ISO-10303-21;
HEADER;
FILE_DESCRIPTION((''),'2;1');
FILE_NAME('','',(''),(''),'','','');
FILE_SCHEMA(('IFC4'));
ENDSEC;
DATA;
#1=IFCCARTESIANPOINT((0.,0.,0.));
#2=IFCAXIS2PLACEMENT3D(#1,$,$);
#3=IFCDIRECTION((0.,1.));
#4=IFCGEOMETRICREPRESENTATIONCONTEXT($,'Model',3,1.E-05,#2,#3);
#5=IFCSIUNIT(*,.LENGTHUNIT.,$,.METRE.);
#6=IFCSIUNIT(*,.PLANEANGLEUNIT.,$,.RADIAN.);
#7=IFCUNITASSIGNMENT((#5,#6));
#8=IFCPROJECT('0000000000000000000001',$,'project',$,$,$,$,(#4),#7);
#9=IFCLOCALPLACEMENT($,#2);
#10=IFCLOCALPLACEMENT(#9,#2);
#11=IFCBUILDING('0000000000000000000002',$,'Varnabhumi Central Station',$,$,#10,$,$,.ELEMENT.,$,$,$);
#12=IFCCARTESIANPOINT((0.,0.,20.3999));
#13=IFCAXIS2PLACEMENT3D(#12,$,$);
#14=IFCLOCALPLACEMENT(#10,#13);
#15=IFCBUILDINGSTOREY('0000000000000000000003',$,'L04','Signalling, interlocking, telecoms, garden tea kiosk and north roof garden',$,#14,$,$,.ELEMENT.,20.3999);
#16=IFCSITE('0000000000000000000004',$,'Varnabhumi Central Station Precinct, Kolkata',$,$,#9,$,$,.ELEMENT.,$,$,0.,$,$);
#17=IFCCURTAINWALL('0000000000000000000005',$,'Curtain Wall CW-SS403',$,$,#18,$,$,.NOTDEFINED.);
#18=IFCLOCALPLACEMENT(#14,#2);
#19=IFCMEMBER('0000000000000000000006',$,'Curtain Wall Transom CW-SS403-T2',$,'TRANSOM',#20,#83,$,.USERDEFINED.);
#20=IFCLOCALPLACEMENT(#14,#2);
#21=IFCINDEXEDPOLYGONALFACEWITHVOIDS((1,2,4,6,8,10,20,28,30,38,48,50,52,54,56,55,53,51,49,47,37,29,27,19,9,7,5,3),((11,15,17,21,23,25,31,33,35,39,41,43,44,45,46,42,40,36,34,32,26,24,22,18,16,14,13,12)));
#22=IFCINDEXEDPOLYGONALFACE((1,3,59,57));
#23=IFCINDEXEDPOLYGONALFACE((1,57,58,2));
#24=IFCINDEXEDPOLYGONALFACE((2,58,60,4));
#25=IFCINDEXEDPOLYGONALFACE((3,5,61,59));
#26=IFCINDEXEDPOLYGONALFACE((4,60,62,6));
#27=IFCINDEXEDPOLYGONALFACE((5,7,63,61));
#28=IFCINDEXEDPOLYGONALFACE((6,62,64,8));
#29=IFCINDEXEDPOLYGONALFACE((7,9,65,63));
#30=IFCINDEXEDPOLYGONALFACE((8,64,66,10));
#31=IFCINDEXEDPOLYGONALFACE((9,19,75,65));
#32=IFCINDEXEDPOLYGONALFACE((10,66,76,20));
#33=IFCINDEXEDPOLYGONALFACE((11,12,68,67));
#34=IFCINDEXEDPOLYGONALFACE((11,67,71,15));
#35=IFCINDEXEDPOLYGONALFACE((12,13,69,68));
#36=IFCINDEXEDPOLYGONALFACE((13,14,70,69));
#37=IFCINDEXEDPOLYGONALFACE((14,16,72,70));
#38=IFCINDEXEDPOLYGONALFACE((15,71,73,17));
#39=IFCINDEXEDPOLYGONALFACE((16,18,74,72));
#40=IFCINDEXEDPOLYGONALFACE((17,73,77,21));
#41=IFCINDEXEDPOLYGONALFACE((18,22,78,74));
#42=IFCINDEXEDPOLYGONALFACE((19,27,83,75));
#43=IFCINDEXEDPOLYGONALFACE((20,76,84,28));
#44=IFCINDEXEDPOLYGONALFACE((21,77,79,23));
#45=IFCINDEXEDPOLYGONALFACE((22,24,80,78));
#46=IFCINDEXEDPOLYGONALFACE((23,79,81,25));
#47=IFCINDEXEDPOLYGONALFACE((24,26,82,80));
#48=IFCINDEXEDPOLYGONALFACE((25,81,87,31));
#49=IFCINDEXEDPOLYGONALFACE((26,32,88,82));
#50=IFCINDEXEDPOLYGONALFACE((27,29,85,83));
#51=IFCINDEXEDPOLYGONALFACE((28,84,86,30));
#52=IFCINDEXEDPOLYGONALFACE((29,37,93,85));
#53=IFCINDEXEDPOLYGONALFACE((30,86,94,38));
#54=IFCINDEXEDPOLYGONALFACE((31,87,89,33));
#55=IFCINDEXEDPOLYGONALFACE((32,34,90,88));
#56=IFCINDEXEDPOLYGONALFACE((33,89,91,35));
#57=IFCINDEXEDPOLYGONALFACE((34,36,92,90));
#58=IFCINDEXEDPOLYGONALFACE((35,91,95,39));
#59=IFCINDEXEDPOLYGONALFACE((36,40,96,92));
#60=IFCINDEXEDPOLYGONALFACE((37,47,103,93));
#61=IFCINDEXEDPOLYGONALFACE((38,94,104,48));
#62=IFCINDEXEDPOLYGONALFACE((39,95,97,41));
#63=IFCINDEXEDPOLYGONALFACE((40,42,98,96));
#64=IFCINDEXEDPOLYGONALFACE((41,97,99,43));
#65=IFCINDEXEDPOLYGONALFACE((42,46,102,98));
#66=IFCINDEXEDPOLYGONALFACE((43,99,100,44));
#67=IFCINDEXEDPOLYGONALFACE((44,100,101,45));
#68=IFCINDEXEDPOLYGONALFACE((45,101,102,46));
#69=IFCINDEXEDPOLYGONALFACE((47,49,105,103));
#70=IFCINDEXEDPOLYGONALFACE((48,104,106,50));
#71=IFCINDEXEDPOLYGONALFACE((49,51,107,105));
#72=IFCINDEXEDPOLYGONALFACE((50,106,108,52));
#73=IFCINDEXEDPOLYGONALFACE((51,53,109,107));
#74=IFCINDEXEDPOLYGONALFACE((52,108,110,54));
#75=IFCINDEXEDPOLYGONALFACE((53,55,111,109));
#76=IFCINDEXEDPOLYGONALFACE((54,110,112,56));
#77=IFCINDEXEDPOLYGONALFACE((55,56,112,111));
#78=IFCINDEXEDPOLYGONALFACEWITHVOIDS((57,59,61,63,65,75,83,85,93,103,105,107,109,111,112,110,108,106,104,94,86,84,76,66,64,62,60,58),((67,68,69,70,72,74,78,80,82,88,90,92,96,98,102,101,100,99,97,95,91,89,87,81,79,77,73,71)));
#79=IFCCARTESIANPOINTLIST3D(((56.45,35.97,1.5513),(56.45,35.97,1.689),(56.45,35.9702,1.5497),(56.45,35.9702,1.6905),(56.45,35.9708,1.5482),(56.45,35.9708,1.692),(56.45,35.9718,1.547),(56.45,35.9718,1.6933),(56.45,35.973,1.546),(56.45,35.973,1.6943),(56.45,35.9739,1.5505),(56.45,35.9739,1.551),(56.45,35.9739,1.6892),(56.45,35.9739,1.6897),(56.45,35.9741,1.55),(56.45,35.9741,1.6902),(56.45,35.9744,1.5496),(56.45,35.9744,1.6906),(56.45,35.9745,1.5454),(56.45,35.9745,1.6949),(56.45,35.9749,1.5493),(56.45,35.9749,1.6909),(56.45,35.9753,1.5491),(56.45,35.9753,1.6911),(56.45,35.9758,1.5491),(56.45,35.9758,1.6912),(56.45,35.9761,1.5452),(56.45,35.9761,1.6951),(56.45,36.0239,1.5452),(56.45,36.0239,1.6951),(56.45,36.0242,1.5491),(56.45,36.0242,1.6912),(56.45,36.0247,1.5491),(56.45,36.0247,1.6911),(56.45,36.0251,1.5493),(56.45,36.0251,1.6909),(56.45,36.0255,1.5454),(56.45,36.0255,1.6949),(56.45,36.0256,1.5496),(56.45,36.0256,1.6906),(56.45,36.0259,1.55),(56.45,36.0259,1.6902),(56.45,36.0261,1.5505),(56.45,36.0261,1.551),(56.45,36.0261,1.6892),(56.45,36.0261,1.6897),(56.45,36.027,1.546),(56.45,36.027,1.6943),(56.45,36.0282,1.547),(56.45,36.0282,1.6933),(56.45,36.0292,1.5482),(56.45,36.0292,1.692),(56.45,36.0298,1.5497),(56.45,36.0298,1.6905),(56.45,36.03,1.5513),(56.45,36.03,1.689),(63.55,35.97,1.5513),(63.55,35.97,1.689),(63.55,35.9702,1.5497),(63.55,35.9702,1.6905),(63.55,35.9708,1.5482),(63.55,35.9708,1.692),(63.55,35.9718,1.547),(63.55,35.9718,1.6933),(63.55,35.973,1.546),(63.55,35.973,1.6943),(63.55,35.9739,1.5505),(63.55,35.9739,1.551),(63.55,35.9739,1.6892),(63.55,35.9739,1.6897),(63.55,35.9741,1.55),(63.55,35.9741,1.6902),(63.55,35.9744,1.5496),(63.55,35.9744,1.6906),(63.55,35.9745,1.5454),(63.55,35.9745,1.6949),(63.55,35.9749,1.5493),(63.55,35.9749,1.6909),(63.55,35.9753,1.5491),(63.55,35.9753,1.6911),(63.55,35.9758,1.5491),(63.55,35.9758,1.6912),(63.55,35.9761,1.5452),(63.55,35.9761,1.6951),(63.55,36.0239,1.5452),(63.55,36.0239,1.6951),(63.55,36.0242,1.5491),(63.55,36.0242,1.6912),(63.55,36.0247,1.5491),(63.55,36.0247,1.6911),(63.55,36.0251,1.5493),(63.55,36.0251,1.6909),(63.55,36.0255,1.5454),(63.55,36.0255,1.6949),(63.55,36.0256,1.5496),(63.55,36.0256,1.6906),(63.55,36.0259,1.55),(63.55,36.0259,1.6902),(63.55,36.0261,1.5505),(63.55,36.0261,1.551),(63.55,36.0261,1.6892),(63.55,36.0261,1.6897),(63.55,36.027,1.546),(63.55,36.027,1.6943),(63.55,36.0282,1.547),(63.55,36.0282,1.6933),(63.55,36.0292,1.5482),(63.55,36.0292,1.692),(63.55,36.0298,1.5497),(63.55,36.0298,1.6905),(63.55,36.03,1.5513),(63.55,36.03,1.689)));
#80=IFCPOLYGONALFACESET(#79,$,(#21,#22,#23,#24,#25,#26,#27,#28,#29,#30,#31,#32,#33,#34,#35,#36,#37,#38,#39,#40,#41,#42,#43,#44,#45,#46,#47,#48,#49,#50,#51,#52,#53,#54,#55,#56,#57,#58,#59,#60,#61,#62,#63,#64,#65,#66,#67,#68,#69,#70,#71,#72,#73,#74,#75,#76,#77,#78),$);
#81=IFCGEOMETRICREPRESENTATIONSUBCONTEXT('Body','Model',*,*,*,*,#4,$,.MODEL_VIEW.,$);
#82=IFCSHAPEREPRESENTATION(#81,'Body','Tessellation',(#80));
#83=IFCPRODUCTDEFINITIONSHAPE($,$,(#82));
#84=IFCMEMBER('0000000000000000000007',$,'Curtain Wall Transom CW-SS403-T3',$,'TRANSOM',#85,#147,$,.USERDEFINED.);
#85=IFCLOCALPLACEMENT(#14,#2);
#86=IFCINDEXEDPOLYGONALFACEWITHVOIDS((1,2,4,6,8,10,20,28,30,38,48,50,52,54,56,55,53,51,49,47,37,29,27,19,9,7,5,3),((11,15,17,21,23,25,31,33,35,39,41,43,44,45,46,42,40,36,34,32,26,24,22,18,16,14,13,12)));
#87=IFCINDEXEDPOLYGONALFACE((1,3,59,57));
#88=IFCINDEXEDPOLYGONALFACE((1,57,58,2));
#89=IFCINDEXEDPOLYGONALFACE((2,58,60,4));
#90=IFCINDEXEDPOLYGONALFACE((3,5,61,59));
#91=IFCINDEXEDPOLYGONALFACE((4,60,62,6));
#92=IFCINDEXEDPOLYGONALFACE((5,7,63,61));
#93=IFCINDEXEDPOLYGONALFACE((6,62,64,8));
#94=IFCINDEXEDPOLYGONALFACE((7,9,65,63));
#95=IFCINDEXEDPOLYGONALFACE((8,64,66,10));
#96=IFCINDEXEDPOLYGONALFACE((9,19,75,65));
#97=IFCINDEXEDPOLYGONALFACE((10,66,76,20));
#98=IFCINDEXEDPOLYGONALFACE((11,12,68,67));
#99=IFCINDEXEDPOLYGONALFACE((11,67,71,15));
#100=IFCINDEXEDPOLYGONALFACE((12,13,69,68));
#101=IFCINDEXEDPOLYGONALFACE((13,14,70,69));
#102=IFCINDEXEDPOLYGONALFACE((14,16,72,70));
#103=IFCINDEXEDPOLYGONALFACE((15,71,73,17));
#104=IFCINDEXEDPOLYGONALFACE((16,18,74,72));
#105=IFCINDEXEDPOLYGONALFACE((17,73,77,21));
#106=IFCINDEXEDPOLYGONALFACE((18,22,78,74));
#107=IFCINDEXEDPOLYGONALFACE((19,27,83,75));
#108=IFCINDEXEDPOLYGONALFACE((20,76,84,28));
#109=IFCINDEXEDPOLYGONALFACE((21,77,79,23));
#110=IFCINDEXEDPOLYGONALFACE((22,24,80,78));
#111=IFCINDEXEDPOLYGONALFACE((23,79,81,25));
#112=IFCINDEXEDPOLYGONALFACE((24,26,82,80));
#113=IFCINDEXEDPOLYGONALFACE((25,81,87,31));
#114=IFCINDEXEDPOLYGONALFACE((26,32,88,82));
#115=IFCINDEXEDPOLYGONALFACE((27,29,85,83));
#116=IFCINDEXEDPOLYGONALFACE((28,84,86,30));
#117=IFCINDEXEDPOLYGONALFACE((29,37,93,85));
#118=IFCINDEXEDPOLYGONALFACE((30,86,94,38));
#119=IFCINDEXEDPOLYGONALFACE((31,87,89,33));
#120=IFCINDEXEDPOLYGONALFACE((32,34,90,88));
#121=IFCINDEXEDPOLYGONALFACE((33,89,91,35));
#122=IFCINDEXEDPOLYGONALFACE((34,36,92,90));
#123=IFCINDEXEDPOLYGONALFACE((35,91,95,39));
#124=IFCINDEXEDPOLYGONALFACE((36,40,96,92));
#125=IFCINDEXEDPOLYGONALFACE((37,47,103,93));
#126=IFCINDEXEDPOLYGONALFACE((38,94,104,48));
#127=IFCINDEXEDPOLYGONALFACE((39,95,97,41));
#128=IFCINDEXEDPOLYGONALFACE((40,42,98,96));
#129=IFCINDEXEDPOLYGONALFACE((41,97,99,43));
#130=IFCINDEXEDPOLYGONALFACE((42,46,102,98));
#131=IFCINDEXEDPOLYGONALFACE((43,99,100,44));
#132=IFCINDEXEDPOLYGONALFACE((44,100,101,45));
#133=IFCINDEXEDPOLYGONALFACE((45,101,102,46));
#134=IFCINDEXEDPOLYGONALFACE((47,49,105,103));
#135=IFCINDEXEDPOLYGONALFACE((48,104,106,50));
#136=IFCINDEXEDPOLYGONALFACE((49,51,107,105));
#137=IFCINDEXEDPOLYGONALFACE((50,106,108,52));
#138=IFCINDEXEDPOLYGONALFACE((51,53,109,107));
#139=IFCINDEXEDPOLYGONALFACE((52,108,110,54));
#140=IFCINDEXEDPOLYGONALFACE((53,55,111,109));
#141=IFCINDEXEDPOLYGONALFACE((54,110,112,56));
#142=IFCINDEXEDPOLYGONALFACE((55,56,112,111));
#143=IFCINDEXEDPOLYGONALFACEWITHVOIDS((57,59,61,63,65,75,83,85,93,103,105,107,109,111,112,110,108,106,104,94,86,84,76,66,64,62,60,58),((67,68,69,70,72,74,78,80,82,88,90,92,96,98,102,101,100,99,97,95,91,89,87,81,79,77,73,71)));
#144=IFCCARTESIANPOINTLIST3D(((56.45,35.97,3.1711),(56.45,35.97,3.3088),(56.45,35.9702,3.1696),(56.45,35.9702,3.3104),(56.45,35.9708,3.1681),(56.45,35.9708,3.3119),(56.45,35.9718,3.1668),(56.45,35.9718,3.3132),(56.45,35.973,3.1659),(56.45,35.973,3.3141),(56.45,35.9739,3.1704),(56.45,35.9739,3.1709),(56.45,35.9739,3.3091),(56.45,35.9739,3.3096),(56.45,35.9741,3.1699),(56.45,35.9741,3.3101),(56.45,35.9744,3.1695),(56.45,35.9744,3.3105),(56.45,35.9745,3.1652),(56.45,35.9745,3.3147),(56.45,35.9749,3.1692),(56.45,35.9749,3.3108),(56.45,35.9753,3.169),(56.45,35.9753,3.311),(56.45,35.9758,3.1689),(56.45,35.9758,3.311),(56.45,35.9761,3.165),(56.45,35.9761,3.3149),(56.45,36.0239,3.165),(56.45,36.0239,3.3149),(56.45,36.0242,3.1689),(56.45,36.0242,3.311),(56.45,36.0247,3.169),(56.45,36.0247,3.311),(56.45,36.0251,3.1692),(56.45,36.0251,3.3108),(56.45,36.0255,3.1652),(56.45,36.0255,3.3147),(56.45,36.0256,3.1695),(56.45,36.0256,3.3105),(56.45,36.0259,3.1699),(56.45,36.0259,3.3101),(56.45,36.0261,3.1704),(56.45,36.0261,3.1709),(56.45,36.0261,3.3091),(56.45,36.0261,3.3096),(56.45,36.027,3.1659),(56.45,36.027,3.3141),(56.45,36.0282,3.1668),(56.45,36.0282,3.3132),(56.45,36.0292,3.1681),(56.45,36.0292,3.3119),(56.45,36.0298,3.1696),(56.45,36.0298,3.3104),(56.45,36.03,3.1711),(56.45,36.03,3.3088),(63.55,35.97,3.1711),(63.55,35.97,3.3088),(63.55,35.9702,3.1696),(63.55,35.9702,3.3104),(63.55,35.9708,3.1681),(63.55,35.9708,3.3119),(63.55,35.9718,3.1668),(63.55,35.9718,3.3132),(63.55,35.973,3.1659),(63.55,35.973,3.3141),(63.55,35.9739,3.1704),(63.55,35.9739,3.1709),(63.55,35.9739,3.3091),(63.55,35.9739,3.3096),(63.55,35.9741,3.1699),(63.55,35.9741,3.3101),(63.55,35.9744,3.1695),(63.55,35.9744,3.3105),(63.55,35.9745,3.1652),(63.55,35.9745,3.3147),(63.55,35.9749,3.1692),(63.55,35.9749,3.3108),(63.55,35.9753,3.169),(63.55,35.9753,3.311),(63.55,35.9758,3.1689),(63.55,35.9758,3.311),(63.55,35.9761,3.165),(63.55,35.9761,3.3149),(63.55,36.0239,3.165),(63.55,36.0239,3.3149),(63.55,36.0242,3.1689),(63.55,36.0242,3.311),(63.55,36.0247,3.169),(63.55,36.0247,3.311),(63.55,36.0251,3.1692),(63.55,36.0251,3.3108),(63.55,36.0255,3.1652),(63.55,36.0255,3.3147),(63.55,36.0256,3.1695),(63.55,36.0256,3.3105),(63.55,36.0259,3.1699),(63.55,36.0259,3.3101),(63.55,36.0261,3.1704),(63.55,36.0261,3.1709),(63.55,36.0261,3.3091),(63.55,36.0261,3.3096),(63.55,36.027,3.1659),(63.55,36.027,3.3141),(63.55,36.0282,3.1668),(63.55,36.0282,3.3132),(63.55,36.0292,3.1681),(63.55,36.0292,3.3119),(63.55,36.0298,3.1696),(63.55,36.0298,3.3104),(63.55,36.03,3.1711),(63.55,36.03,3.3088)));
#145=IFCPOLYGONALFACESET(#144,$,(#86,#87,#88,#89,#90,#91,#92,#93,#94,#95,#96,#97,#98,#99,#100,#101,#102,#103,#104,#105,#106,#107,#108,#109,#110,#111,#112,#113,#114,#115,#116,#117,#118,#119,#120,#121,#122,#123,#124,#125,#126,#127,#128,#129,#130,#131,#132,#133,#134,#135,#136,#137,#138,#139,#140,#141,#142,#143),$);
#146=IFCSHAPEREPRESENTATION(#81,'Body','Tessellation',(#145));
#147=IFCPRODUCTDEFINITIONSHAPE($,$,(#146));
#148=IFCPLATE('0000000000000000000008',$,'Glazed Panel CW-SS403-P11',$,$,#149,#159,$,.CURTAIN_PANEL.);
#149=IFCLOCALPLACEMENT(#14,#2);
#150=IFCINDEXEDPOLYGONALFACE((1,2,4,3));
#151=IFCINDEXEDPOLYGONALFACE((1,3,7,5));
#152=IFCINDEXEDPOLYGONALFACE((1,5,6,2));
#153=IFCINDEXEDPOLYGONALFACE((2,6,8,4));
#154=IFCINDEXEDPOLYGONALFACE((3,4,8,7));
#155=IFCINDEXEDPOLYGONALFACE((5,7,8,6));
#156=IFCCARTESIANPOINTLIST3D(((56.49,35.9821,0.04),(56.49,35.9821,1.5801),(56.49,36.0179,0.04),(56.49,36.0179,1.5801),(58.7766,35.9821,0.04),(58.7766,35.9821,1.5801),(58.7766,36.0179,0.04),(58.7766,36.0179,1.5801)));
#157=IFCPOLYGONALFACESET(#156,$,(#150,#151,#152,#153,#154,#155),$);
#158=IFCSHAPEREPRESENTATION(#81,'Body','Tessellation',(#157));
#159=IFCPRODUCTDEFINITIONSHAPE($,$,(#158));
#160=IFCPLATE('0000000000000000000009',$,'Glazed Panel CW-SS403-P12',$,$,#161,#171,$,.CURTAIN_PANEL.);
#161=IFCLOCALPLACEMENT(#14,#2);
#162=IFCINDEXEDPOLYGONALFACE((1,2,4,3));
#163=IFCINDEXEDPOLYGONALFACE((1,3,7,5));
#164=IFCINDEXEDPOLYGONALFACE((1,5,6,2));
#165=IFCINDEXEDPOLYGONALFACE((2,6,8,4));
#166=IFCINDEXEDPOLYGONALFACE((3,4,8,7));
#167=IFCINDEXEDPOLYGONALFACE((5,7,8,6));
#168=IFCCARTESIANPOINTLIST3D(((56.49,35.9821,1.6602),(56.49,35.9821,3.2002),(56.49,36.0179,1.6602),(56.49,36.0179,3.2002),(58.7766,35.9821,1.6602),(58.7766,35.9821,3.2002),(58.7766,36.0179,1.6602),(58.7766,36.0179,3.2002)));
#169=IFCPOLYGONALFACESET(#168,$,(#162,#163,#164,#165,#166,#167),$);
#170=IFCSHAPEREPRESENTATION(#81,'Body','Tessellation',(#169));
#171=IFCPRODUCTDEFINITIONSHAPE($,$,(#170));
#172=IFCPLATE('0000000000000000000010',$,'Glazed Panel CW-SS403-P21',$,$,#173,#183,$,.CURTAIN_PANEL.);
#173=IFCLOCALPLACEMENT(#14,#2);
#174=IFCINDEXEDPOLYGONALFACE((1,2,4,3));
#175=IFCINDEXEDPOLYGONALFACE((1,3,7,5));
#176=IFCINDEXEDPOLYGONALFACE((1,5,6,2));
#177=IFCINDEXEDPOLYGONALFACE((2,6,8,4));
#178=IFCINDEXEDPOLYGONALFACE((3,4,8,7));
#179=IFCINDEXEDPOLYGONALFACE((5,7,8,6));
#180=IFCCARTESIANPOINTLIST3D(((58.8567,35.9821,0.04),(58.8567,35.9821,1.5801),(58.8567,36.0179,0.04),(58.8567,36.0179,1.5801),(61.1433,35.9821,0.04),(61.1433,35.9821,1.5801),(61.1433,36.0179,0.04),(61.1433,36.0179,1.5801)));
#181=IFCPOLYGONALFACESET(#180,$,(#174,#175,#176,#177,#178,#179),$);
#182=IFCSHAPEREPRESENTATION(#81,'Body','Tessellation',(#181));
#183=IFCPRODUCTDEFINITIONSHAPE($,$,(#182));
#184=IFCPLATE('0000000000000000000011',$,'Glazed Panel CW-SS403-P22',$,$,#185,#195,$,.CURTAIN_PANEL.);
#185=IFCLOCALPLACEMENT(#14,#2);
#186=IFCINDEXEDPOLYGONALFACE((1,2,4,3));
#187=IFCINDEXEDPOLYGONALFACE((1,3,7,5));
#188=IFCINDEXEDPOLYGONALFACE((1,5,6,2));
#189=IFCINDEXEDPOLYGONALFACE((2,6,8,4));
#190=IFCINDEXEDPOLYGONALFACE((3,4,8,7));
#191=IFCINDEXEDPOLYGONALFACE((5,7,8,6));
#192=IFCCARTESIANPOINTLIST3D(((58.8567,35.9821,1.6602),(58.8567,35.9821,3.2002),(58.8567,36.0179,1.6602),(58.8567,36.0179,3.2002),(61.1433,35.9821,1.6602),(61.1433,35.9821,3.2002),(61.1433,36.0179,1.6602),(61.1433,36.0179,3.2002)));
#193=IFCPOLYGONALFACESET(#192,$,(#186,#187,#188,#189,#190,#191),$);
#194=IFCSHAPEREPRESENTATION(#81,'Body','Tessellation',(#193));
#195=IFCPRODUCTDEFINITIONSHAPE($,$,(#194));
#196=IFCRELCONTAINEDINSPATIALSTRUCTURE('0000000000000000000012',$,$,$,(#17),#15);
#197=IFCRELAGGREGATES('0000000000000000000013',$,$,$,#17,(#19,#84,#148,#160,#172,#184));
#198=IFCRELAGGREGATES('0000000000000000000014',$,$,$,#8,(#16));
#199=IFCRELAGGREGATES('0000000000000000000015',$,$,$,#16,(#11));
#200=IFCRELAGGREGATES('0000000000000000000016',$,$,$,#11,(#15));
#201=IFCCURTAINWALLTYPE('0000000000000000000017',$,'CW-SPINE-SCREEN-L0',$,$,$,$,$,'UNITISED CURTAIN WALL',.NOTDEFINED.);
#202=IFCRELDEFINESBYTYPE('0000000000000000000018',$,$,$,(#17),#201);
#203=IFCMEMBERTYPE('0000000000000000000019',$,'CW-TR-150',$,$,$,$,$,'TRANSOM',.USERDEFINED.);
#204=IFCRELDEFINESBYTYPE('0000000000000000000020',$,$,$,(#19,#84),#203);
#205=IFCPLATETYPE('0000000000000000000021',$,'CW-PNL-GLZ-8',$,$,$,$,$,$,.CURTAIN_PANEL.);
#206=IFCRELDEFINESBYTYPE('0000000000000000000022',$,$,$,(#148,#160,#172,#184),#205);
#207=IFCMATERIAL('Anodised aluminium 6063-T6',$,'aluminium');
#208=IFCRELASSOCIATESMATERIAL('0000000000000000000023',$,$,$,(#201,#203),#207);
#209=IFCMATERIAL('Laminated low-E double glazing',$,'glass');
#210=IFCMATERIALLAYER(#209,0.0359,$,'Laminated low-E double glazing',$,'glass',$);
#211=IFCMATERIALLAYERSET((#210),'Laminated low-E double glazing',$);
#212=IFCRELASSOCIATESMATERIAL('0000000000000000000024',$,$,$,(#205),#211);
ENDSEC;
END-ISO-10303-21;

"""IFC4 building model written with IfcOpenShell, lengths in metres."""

from ifc_helpers import new_model, si_unit, direction, frame, origin, origin_2d, place, context, subcontext, project, spatial, rectangle, hollow_rectangle, extrude, material, layer, layer_set, material_profile, profile_set, type_object, element, aggregate, save


model = new_model("IFC4")

# Units and contexts
model_context = context("Model", 3, precision=1e-05, world=origin(), true_north=direction((0.0, 1.0)))
body_context = subcontext(model_context, "Body", "Model", "MODEL_VIEW")
ifc_project = project(units=[si_unit("LENGTHUNIT", "METRE"), si_unit("PLANEANGLEUNIT", "RADIAN")], contexts=[model_context])

# Site, building, storey
site_placement = place(None, origin())
site = spatial("IfcSite", under=ifc_project, at=site_placement, Name="Varnabhumi Central Station Precinct, Kolkata", CompositionType="ELEMENT", RefElevation=0.0)
building_placement = place(site_placement, origin())
building = spatial("IfcBuilding", under=site, at=building_placement, Name="Varnabhumi Central Station", CompositionType="ELEMENT")
storey_placement = place(building_placement, frame((0.0, 0.0, 20.3999)))
storey = spatial("IfcBuildingStorey", under=building, at=storey_placement, Name="L04", Description="Signalling, interlocking, telecoms, garden tea kiosk and north roof garden", CompositionType="ELEMENT", Elevation=20.3999)

# Curtain wall, members, plates
ifc_material_1 = material(Name="Anodised aluminium 6063-T6", Category="aluminium")
curtain_wall_type = type_object("IfcCurtainWallType", Name="CW-SPINE-SCREEN-L0", ElementType="UNITISED CURTAIN WALL", PredefinedType="NOTDEFINED", material=ifc_material_1)
curtain_wall_placement = place(storey_placement, origin())
curtain_wall = element("IfcCurtainWall", 1, at=curtain_wall_placement, inside=storey, type_object=curtain_wall_type, Name="Curtain Wall CW-SS403", PredefinedType="NOTDEFINED")
ifc_material_profile_1 = material_profile(ifc_material_1, hollow_rectangle(XDim=0.0601, YDim=0.1499, WallThickness=0.0039, InnerFilletRadius=0.002, OuterFilletRadius=0.0061, at=origin_2d()), Name="Anodised aluminium 6063-T6", Category="aluminium")
ifc_profile_set_1 = profile_set([ifc_material_profile_1], Name="Anodised aluminium 6063-T6")
member_type_1 = type_object("IfcMemberType", Name="CW-TR-150", ElementType="TRANSOM", PredefinedType="USERDEFINED", material=ifc_profile_set_1)
member_1_placement = place(storey_placement, frame((56.45, 36.0, 1.6201), z_axis=(1.0, 0.0, 0.0), x_axis=(0.0, 1.0, 0.0)))
member_1 = element("IfcMember", 2, at=member_1_placement, type_object=member_type_1, Name="Curtain Wall Transom CW-SS403-T2", ObjectType="TRANSOM", PredefinedType="USERDEFINED", context=body_context, shape_type="SweptSolid", body=[
    extrude(hollow_rectangle(XDim=0.0601, YDim=0.1499, WallThickness=0.0039, InnerFilletRadius=0.002, OuterFilletRadius=0.0061, at=origin_2d()), origin(), (0.0, 0.0, 1.0), 7.1001),
])
member_2_placement = place(storey_placement, frame((56.45, 36.0, 3.24), z_axis=(1.0, 0.0, 0.0), x_axis=(0.0, 1.0, 0.0)))
member_2 = element("IfcMember", 3, at=member_2_placement, type_object=member_type_1, Name="Curtain Wall Transom CW-SS403-T3", ObjectType="TRANSOM", PredefinedType="USERDEFINED", context=body_context, shape_type="SweptSolid", body=[
    extrude(hollow_rectangle(XDim=0.0601, YDim=0.1499, WallThickness=0.0039, InnerFilletRadius=0.002, OuterFilletRadius=0.0061, at=origin_2d()), origin(), (0.0, 0.0, 1.0), 7.1001),
])
ifc_material_2 = material(Name="Laminated low-E double glazing", Category="glass")
ifc_layer_1 = layer(ifc_material_2, 0.0359, Name="Laminated low-E double glazing", Category="glass")
ifc_layer_set_1 = layer_set([ifc_layer_1], Name="Laminated low-E double glazing")
plate_type = type_object("IfcPlateType", Name="CW-PNL-GLZ-8", PredefinedType="CURTAIN_PANEL", material=ifc_layer_set_1)
plate_1_placement = place(storey_placement, frame((57.6333, 36.0, 0.04), z_axis=(0.0, 0.0, 1.0), x_axis=(1.0, 0.0, 0.0)))
plate_1 = element("IfcPlate", 4, at=plate_1_placement, type_object=plate_type, Name="Glazed Panel CW-SS403-P11", PredefinedType="CURTAIN_PANEL", context=body_context, shape_type="SweptSolid", body=[
    extrude(rectangle(XDim=2.2866, YDim=0.0359, at=origin_2d()), origin(), (0.0, 0.0, 1.0), 1.54),
])
plate_2_placement = place(storey_placement, frame((57.6333, 36.0, 1.6602), z_axis=(0.0, 0.0, 1.0), x_axis=(1.0, 0.0, 0.0)))
plate_2 = element("IfcPlate", 5, at=plate_2_placement, type_object=plate_type, Name="Glazed Panel CW-SS403-P12", PredefinedType="CURTAIN_PANEL", context=body_context, shape_type="SweptSolid", body=[
    extrude(rectangle(XDim=2.2866, YDim=0.0359, at=origin_2d()), origin(), (0.0, 0.0, 1.0), 1.54),
])
plate_3_placement = place(storey_placement, frame((60.0, 36.0, 0.04), z_axis=(0.0, 0.0, 1.0), x_axis=(1.0, 0.0, 0.0)))
plate_3 = element("IfcPlate", 6, at=plate_3_placement, type_object=plate_type, Name="Glazed Panel CW-SS403-P21", PredefinedType="CURTAIN_PANEL", context=body_context, shape_type="SweptSolid", body=[
    extrude(rectangle(XDim=2.2866, YDim=0.0359, at=origin_2d()), origin(), (0.0, 0.0, 1.0), 1.54),
])
plate_4_placement = place(storey_placement, frame((60.0, 36.0, 1.6602), z_axis=(0.0, 0.0, 1.0), x_axis=(1.0, 0.0, 0.0)))
plate_4 = element("IfcPlate", 7, at=plate_4_placement, type_object=plate_type, Name="Glazed Panel CW-SS403-P22", PredefinedType="CURTAIN_PANEL", context=body_context, shape_type="SweptSolid", body=[
    extrude(rectangle(XDim=2.2866, YDim=0.0359, at=origin_2d()), origin(), (0.0, 0.0, 1.0), 1.54),
])
aggregate(curtain_wall, [member_1, member_2, plate_1, plate_2, plate_3, plate_4])

save(model, "model.ifc")
